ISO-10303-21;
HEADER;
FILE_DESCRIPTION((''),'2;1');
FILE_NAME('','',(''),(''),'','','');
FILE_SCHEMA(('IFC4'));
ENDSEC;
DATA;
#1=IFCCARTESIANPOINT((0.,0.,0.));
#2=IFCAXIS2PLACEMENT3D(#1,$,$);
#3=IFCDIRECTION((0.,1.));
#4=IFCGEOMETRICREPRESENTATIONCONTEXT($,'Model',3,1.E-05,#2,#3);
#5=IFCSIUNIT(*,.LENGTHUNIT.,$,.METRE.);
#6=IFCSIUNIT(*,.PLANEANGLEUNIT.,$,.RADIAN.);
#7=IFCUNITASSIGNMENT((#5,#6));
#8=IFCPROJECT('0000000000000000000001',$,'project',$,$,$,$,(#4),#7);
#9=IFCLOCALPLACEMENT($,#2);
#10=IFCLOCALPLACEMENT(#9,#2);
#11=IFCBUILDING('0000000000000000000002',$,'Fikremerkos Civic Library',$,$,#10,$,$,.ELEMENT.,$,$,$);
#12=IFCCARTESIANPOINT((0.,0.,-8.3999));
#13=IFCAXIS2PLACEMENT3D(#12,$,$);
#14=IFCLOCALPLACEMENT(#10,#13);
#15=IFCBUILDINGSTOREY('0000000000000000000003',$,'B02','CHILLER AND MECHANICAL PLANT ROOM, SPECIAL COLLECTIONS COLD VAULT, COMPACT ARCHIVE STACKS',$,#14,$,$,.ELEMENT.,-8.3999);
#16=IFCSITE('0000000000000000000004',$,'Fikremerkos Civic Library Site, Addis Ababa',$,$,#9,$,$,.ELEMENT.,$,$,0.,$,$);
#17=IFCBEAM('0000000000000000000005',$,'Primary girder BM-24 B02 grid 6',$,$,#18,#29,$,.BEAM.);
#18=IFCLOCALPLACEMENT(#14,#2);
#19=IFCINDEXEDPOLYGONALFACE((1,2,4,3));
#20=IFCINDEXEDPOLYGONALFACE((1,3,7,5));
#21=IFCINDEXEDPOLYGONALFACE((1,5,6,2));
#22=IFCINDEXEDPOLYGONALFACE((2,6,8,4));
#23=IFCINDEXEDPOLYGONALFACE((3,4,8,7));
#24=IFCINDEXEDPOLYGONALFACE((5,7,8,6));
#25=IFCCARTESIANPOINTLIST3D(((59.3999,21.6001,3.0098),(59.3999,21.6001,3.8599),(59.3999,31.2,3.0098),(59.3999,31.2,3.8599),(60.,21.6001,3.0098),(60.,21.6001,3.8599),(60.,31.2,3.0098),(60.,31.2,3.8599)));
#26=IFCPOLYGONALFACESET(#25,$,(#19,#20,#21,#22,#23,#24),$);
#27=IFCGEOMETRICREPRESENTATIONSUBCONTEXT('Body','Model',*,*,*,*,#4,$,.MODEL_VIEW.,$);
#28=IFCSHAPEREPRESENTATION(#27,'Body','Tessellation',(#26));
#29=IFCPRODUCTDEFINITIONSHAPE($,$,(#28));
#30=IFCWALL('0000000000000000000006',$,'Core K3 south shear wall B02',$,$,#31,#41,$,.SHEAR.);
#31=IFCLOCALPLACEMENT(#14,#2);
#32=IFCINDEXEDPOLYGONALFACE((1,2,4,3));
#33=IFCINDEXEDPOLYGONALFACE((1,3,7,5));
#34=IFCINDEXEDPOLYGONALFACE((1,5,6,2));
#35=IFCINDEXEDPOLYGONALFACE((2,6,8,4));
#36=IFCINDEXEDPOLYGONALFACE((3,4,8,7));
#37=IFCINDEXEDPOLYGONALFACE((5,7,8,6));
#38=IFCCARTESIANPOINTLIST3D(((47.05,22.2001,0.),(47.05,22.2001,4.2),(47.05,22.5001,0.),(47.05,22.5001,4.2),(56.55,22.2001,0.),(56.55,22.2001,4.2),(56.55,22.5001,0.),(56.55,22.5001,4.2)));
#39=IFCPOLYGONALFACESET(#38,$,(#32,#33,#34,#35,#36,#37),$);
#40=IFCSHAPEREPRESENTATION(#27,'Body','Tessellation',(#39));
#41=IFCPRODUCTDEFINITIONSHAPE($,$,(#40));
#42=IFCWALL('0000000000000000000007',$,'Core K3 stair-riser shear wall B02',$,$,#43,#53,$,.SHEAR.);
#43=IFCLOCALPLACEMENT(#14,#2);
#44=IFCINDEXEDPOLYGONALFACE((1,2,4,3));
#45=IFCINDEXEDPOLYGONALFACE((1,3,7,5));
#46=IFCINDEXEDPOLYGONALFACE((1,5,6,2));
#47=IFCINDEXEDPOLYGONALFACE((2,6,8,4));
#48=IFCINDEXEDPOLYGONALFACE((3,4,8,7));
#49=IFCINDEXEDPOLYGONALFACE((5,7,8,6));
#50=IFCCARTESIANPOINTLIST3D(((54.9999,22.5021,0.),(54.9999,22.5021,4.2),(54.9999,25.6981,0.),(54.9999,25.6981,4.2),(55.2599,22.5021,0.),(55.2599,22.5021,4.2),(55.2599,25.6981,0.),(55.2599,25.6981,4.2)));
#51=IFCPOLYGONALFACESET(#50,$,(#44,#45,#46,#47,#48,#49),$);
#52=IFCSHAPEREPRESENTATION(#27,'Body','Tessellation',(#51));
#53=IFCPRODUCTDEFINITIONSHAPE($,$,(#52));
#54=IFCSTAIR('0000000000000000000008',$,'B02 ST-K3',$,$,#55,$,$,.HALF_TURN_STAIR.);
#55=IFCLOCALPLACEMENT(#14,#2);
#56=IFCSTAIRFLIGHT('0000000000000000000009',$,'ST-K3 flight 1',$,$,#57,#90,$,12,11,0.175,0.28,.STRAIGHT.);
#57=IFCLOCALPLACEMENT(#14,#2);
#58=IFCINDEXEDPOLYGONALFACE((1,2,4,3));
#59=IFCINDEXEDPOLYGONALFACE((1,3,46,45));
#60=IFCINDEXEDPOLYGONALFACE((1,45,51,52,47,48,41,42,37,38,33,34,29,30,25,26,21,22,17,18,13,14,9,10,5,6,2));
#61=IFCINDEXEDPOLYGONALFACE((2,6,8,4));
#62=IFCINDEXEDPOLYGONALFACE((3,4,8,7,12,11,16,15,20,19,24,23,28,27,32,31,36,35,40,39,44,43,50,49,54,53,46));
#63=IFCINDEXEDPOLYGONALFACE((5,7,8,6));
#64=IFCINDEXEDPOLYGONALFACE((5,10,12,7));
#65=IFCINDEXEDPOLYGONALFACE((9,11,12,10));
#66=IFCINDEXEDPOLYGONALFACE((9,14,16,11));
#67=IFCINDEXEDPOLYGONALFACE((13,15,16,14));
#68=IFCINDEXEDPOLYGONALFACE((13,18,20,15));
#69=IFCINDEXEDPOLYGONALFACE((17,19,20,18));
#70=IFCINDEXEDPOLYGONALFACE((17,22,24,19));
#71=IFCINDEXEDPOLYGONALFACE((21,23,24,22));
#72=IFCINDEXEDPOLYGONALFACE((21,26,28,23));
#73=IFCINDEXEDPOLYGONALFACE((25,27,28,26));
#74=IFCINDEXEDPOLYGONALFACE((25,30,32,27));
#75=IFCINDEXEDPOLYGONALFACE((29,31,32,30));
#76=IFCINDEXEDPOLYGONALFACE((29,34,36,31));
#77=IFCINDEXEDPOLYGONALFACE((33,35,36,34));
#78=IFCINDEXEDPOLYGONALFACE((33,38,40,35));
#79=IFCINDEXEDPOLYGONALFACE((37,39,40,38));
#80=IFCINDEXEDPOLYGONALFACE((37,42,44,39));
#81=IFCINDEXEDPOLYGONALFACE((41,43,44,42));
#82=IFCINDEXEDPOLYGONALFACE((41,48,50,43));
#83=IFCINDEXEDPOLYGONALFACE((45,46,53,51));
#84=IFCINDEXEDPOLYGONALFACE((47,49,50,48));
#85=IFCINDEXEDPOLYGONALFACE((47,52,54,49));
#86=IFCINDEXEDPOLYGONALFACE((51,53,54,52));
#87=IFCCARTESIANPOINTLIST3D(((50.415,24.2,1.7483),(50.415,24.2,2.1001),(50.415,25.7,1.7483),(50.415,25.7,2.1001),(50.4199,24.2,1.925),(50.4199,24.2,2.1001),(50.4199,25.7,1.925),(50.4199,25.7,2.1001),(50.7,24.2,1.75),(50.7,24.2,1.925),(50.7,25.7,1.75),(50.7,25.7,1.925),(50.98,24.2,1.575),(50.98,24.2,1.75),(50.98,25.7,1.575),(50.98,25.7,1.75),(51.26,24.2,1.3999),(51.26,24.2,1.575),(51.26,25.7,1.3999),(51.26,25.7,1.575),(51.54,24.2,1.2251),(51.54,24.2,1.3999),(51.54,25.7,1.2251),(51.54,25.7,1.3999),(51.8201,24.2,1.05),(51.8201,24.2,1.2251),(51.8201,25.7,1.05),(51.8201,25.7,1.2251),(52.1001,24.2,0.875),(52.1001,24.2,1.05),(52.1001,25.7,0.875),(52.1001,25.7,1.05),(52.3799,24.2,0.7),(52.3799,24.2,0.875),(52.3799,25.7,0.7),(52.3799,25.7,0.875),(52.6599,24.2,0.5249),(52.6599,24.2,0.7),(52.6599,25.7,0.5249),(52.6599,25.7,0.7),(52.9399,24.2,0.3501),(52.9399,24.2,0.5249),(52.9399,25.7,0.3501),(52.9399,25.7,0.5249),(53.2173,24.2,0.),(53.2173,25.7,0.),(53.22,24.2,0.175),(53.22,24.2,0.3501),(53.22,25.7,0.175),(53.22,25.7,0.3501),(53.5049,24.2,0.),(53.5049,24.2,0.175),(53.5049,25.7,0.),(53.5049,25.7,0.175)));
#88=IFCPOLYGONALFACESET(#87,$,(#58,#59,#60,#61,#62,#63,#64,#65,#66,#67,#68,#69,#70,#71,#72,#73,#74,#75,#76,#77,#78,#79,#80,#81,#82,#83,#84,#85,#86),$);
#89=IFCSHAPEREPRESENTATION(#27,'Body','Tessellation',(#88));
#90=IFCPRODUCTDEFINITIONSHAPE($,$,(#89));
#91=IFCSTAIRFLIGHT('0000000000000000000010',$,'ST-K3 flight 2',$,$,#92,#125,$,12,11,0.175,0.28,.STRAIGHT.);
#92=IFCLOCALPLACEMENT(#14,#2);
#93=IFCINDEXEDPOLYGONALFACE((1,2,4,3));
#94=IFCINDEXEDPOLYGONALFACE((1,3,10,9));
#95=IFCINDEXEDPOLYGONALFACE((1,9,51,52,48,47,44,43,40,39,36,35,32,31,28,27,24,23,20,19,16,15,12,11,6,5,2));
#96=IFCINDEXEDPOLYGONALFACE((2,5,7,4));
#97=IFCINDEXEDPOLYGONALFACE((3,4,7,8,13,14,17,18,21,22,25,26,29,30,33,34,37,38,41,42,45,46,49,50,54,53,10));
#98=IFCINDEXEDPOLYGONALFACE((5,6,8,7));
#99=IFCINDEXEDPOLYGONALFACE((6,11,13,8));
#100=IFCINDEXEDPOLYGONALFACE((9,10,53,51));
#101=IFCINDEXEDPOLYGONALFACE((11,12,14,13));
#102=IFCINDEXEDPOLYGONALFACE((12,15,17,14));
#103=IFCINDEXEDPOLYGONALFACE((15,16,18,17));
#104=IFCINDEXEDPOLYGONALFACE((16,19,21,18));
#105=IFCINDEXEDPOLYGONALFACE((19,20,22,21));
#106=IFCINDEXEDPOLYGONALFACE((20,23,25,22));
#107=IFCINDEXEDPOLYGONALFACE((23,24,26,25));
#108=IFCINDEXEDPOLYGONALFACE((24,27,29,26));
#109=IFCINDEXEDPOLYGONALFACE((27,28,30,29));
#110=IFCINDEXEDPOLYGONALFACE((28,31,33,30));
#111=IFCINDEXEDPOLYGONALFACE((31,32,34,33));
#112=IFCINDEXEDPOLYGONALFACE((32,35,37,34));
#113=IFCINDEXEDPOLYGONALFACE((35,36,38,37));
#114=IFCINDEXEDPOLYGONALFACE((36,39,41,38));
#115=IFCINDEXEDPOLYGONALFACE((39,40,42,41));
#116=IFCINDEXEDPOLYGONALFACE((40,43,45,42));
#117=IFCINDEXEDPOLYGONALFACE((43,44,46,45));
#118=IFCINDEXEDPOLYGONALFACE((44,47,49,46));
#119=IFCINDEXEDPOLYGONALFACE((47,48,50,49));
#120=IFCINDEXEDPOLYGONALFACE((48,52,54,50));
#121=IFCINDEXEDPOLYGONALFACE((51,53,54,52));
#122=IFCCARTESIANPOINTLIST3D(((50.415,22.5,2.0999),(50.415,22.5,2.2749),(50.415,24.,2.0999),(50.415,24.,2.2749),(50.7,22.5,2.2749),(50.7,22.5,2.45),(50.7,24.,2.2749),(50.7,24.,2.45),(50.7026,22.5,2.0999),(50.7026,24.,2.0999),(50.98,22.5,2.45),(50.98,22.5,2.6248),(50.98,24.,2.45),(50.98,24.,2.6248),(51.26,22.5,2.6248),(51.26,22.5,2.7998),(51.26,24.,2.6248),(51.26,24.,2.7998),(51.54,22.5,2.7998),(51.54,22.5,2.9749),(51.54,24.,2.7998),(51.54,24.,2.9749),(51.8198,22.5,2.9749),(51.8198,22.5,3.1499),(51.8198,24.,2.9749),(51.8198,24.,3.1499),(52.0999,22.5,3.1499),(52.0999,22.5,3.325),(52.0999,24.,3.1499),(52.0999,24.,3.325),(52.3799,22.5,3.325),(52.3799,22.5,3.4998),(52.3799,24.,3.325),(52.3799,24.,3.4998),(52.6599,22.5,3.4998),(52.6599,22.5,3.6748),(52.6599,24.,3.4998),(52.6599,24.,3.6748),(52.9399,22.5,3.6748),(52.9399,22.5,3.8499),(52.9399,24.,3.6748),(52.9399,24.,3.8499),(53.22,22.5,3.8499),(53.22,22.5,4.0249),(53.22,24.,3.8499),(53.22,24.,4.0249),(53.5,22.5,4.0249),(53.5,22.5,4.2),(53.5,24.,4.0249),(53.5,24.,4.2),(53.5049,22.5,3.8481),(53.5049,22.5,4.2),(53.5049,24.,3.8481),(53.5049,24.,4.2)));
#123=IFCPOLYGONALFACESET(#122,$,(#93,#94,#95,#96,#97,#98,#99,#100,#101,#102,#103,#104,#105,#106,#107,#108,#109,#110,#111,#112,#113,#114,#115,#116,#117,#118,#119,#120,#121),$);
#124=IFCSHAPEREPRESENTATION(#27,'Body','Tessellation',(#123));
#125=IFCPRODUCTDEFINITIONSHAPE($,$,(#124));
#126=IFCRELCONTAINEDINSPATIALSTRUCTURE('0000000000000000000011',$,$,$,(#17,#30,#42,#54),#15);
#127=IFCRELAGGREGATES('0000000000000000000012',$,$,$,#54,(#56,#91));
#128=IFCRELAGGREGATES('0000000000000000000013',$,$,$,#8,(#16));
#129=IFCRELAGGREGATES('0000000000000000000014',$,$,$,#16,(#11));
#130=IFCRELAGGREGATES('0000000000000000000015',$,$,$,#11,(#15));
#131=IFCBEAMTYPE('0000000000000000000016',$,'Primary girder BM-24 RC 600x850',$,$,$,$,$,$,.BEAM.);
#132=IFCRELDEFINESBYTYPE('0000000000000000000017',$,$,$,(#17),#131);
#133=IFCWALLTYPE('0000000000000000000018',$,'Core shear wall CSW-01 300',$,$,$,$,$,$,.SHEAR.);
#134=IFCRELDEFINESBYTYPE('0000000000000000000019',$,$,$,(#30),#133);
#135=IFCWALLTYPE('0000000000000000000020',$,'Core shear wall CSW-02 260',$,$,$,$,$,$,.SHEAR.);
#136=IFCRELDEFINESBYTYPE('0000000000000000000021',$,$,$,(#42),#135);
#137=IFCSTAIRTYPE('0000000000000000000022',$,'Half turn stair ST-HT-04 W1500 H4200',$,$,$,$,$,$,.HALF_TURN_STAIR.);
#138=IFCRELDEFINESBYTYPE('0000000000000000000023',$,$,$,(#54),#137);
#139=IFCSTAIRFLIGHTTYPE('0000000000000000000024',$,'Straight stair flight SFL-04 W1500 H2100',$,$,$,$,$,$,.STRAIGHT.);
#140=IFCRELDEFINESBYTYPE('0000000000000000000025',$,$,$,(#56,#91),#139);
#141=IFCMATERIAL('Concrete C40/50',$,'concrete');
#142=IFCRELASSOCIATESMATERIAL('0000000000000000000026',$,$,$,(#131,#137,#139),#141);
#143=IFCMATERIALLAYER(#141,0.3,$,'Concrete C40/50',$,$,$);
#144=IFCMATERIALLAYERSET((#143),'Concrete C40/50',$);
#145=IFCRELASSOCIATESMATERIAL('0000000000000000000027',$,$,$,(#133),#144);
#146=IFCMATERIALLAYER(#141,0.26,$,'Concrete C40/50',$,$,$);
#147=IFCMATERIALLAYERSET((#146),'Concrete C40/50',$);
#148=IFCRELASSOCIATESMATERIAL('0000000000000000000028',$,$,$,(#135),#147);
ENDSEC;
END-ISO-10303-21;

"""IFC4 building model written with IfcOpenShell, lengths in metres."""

from ifc_helpers import new_model, si_unit, direction, frame, frame_2d, origin, origin_2d, place, context, subcontext, project, spatial, polyline, rectangle, outline, extrude, material, layer, layer_set, material_profile, profile_set, type_object, element, aggregate, save


model = new_model("IFC4")

# Units and contexts
model_context = context("Model", 3, precision=1e-05, world=origin(), true_north=direction((0.0, 1.0)))
body_context = subcontext(model_context, "Body", "Model", "MODEL_VIEW")
ifc_project = project(units=[si_unit("LENGTHUNIT", "METRE"), si_unit("PLANEANGLEUNIT", "RADIAN")], contexts=[model_context])

# Site, building, storey
site_placement = place(None, origin())
site = spatial("IfcSite", under=ifc_project, at=site_placement, Name="Fikremerkos Civic Library Site, Addis Ababa", CompositionType="ELEMENT", RefElevation=0.0)
building_placement = place(site_placement, origin())
building = spatial("IfcBuilding", under=site, at=building_placement, Name="Fikremerkos Civic Library", CompositionType="ELEMENT")
storey_placement = place(building_placement, frame((0.0, 0.0, -8.3999)))
storey = spatial("IfcBuildingStorey", under=building, at=storey_placement, Name="B02", Description="CHILLER AND MECHANICAL PLANT ROOM, SPECIAL COLLECTIONS COLD VAULT, COMPACT ARCHIVE STACKS", CompositionType="ELEMENT", Elevation=-8.3999)

# Shared definitions
ifc_material_1 = material(Name="Concrete C40/50", Category="concrete")

# Beam
ifc_material_profile_1 = material_profile(ifc_material_1, rectangle(XDim=0.6001, YDim=0.8501, at=origin_2d()), Name="RC 600x850")
ifc_profile_set_1 = profile_set([ifc_material_profile_1], Name="Concrete C40/50")
beam_type_1 = type_object("IfcBeamType", Name="Primary girder BM-24 RC 600x850", PredefinedType="BEAM", material=ifc_profile_set_1)
beam_1_placement = place(storey_placement, frame((59.7, 21.6001, 3.4348), z_axis=(0.0, 1.0, 0.0), x_axis=(-1.0, 0.0, 0.0)))
element("IfcBeam", 1, at=beam_1_placement, inside=storey, type_object=beam_type_1, Name="Primary girder BM-24 B02 grid 6", PredefinedType="BEAM", context=body_context, shape_type="SweptSolid", body=[
    extrude(rectangle(XDim=0.6001, YDim=0.8501, at=origin_2d()), origin(), (0.0, 0.0, 1.0), 9.5999),
])

# Walls
ifc_layer_1 = layer(ifc_material_1, 0.3, Name="Concrete C40/50")
ifc_layer_set_1 = layer_set([ifc_layer_1], Name="Concrete C40/50")
wall_type_1 = type_object("IfcWallType", Name="Core shear wall CSW-01 300", PredefinedType="SHEAR", material=ifc_layer_set_1)
wall_1_placement = place(storey_placement, frame((56.55, 22.3501, 0.0), z_axis=(0.0, 0.0, 1.0), x_axis=(-1.0, 0.0, 0.0)))
element("IfcWall", 2, at=wall_1_placement, inside=storey, type_object=wall_type_1, Name="Core K3 south shear wall B02", PredefinedType="SHEAR", context=body_context, shape_type="SweptSolid", body=[
    extrude(rectangle(XDim=9.5, YDim=0.3, at=frame_2d((4.75, 0.0))), origin(), (0.0, 0.0, 1.0), 4.2),
])
ifc_layer_2 = layer(ifc_material_1, 0.26, Name="Concrete C40/50")
ifc_layer_set_2 = layer_set([ifc_layer_2], Name="Concrete C40/50")
wall_type_2 = type_object("IfcWallType", Name="Core shear wall CSW-02 260", PredefinedType="SHEAR", material=ifc_layer_set_2)
wall_2_placement = place(storey_placement, frame((55.1299, 22.502, 0.0), z_axis=(0.0, 0.0, 1.0), x_axis=(0.0, 1.0, 0.0)))
element("IfcWall", 3, at=wall_2_placement, inside=storey, type_object=wall_type_2, Name="Core K3 stair-riser shear wall B02", PredefinedType="SHEAR", context=body_context, shape_type="SweptSolid", body=[
    extrude(rectangle(XDim=3.196, YDim=0.26, at=frame_2d((1.5981, 0.0))), origin(), (0.0, 0.0, 1.0), 4.2),
])

# Stair, stair flights
stair_type = type_object("IfcStairType", Name="Half turn stair ST-HT-04 W1500 H4200", PredefinedType="HALF_TURN_STAIR", material=ifc_material_1)
stair_placement = place(storey_placement, origin())
stair = element("IfcStair", 4, at=stair_placement, inside=storey, type_object=stair_type, Name="B02 ST-K3", PredefinedType="HALF_TURN_STAIR")
stair_flight_type = type_object("IfcStairFlightType", Name="Straight stair flight SFL-04 W1500 H2100", PredefinedType="STRAIGHT", material=ifc_material_1)
stair_flight_1_placement = place(storey_placement, frame((53.5, 24.95, 0.0), z_axis=(0.0, 0.0, 1.0), x_axis=(-1.0, 0.0, 0.0)))
stair_flight_1 = element("IfcStairFlight", 5, at=stair_flight_1_placement, type_object=stair_flight_type, Name="ST-K3 flight 1", NumberOfRisers=12, NumberOfTreads=11, PredefinedType="STRAIGHT", RiserHeight=0.175, TreadLength=0.28, context=body_context, shape_type="SweptSolid", body=[
    extrude(outline(polyline([(-0.0049, 0.0), (-0.0049, 0.175), (0.28, 0.175), (0.28, 0.3501), (0.5601, 0.3501), (0.5601, 0.5249), (0.8401, 0.5249), (0.8401, 0.7), (1.1201, 0.7), (1.1201, 0.875), (1.3999, 0.875), (1.3999, 1.05), (1.6799, 1.05), (1.6799, 1.2251), (1.96, 1.2251), (1.96, 1.3999), (2.24, 1.3999), (2.24, 1.575), (2.52, 1.575), (2.52, 1.75), (2.8, 1.75), (2.8, 1.925), (3.0801, 1.925), (3.0801, 2.1001), (3.085, 2.1001), (3.085, 1.7483), (0.2827, 0.0), (-0.0049, 0.0)])), frame((0.0, 0.75, 0.0), z_axis=(0.0, -1.0, 0.0), x_axis=(1.0, 0.0, 0.0)), (0.0, 0.0, 1.0), 1.5),
])
stair_flight_2_placement = place(storey_placement, frame((50.4199, 23.25, 2.0999), z_axis=(0.0, 0.0, 1.0), x_axis=(1.0, 0.0, 0.0)))
stair_flight_2 = element("IfcStairFlight", 6, at=stair_flight_2_placement, type_object=stair_flight_type, Name="ST-K3 flight 2", NumberOfRisers=12, NumberOfTreads=11, PredefinedType="STRAIGHT", RiserHeight=0.175, TreadLength=0.28, context=body_context, shape_type="SweptSolid", body=[
    extrude(outline(polyline([(-0.0049, 0.0), (-0.0049, 0.175), (0.28, 0.175), (0.28, 0.3501), (0.5601, 0.3501), (0.5601, 0.5249), (0.8401, 0.5249), (0.8401, 0.7), (1.1201, 0.7), (1.1201, 0.875), (1.3999, 0.875), (1.3999, 1.05), (1.6799, 1.05), (1.6799, 1.2251), (1.96, 1.2251), (1.96, 1.3999), (2.24, 1.3999), (2.24, 1.575), (2.52, 1.575), (2.52, 1.75), (2.8, 1.75), (2.8, 1.925), (3.0801, 1.925), (3.0801, 2.1001), (3.085, 2.1001), (3.085, 1.7483), (0.2827, 0.0), (-0.0049, 0.0)])), frame((0.0, 0.75, 0.0), z_axis=(0.0, -1.0, 0.0), x_axis=(1.0, 0.0, 0.0)), (0.0, 0.0, 1.0), 1.5),
])
aggregate(stair, [stair_flight_1, stair_flight_2])

save(model, "model.ifc")
